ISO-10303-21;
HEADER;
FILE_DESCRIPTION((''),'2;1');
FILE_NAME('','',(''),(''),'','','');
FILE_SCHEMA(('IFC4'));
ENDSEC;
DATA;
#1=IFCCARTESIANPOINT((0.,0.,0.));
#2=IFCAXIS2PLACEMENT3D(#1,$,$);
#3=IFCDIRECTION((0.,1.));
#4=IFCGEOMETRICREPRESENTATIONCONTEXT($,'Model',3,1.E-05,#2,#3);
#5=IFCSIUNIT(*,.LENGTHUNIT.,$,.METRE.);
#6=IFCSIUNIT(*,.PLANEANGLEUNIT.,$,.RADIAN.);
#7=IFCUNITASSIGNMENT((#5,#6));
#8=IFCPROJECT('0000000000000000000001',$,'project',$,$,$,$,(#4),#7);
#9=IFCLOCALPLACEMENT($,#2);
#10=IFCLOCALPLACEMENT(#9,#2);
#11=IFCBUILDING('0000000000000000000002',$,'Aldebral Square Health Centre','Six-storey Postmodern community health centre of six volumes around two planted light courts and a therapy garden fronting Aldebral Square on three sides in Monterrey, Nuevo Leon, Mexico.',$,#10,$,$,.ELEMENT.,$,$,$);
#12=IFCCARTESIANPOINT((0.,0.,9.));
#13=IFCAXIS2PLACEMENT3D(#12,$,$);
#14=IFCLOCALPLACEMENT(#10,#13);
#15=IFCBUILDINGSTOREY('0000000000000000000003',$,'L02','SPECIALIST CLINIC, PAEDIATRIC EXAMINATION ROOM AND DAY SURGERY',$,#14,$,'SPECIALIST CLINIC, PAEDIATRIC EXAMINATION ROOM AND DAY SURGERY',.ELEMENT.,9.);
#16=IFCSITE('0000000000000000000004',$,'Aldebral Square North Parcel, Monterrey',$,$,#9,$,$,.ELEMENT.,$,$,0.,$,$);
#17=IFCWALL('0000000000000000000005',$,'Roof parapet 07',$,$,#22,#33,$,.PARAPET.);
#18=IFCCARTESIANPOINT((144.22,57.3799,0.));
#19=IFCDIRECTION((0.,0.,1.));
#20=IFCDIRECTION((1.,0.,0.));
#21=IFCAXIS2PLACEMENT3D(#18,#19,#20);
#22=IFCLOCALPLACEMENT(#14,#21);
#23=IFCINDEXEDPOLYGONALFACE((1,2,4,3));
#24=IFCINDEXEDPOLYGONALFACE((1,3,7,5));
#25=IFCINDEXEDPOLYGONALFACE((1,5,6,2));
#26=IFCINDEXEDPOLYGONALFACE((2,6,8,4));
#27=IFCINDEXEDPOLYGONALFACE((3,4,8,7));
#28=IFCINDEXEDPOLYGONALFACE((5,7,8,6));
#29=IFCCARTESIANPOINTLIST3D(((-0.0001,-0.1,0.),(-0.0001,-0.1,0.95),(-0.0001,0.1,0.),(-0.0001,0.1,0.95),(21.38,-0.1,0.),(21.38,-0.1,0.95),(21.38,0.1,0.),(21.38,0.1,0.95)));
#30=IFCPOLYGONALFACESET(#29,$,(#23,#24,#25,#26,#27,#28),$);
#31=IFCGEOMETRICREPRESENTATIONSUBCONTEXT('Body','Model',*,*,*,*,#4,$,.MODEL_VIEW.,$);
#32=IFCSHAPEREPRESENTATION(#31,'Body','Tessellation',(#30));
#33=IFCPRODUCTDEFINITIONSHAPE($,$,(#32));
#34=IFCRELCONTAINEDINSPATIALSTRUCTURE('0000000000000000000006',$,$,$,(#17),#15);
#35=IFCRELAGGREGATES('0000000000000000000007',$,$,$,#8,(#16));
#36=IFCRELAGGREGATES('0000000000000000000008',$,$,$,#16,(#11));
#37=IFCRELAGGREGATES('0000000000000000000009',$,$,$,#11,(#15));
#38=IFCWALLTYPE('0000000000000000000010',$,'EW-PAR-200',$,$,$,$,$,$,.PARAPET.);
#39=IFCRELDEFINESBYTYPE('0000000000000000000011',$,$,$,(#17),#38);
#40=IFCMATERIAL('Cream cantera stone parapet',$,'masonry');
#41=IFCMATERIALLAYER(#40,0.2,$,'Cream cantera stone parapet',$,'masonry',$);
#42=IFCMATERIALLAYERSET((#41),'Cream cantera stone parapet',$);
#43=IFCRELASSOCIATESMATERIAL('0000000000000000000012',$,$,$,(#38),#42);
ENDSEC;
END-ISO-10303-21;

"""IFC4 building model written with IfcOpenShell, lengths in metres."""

from ifc_helpers import new_model, si_unit, direction, frame, frame_2d, origin, place, context, subcontext, project, spatial, rectangle, extrude, material, layer, layer_set, type_object, element, save


model = new_model("IFC4")

# Units and contexts
model_context = context("Model", 3, precision=1e-05, world=origin(), true_north=direction((0.0, 1.0)))
body_context = subcontext(model_context, "Body", "Model", "MODEL_VIEW")
ifc_project = project(units=[si_unit("LENGTHUNIT", "METRE"), si_unit("PLANEANGLEUNIT", "RADIAN")], contexts=[model_context])

# Site, building, storey
site_placement = place(None, origin())
site = spatial("IfcSite", under=ifc_project, at=site_placement, Name="Aldebral Square North Parcel, Monterrey", CompositionType="ELEMENT", RefElevation=0.0)
building_placement = place(site_placement, origin())
building = spatial("IfcBuilding", under=site, at=building_placement, Name="Aldebral Square Health Centre", Description="Six-storey Postmodern community health centre of six volumes around two planted light courts and a therapy garden fronting Aldebral Square on three sides in Monterrey, Nuevo Leon, Mexico.", CompositionType="ELEMENT")
storey_placement = place(building_placement, frame((0.0, 0.0, 9.0)))
storey = spatial("IfcBuildingStorey", under=building, at=storey_placement, Name="L02", Description="SPECIALIST CLINIC, PAEDIATRIC EXAMINATION ROOM AND DAY SURGERY", LongName="SPECIALIST CLINIC, PAEDIATRIC EXAMINATION ROOM AND DAY SURGERY", CompositionType="ELEMENT", Elevation=9.0)

# Wall
ifc_material_1 = material(Name="Cream cantera stone parapet", Category="masonry")
ifc_layer_1 = layer(ifc_material_1, 0.2, Name="Cream cantera stone parapet", Category="masonry")
ifc_layer_set_1 = layer_set([ifc_layer_1], Name="Cream cantera stone parapet")
wall_type_1 = type_object("IfcWallType", Name="EW-PAR-200", PredefinedType="PARAPET", material=ifc_layer_set_1)
wall_1_placement = place(storey_placement, frame((144.22, 57.3799, 0.0), z_axis=(0.0, 0.0, 1.0), x_axis=(1.0, 0.0, 0.0)))
element("IfcWall", 1, at=wall_1_placement, inside=storey, type_object=wall_type_1, Name="Roof parapet 07", PredefinedType="PARAPET", context=body_context, shape_type="SweptSolid", body=[
    extrude(rectangle(XDim=21.3801, YDim=0.2, at=frame_2d((10.6899, 0.0))), origin(), (0.0, 0.0, 1.0), 0.95),
])

save(model, "model.ifc")
